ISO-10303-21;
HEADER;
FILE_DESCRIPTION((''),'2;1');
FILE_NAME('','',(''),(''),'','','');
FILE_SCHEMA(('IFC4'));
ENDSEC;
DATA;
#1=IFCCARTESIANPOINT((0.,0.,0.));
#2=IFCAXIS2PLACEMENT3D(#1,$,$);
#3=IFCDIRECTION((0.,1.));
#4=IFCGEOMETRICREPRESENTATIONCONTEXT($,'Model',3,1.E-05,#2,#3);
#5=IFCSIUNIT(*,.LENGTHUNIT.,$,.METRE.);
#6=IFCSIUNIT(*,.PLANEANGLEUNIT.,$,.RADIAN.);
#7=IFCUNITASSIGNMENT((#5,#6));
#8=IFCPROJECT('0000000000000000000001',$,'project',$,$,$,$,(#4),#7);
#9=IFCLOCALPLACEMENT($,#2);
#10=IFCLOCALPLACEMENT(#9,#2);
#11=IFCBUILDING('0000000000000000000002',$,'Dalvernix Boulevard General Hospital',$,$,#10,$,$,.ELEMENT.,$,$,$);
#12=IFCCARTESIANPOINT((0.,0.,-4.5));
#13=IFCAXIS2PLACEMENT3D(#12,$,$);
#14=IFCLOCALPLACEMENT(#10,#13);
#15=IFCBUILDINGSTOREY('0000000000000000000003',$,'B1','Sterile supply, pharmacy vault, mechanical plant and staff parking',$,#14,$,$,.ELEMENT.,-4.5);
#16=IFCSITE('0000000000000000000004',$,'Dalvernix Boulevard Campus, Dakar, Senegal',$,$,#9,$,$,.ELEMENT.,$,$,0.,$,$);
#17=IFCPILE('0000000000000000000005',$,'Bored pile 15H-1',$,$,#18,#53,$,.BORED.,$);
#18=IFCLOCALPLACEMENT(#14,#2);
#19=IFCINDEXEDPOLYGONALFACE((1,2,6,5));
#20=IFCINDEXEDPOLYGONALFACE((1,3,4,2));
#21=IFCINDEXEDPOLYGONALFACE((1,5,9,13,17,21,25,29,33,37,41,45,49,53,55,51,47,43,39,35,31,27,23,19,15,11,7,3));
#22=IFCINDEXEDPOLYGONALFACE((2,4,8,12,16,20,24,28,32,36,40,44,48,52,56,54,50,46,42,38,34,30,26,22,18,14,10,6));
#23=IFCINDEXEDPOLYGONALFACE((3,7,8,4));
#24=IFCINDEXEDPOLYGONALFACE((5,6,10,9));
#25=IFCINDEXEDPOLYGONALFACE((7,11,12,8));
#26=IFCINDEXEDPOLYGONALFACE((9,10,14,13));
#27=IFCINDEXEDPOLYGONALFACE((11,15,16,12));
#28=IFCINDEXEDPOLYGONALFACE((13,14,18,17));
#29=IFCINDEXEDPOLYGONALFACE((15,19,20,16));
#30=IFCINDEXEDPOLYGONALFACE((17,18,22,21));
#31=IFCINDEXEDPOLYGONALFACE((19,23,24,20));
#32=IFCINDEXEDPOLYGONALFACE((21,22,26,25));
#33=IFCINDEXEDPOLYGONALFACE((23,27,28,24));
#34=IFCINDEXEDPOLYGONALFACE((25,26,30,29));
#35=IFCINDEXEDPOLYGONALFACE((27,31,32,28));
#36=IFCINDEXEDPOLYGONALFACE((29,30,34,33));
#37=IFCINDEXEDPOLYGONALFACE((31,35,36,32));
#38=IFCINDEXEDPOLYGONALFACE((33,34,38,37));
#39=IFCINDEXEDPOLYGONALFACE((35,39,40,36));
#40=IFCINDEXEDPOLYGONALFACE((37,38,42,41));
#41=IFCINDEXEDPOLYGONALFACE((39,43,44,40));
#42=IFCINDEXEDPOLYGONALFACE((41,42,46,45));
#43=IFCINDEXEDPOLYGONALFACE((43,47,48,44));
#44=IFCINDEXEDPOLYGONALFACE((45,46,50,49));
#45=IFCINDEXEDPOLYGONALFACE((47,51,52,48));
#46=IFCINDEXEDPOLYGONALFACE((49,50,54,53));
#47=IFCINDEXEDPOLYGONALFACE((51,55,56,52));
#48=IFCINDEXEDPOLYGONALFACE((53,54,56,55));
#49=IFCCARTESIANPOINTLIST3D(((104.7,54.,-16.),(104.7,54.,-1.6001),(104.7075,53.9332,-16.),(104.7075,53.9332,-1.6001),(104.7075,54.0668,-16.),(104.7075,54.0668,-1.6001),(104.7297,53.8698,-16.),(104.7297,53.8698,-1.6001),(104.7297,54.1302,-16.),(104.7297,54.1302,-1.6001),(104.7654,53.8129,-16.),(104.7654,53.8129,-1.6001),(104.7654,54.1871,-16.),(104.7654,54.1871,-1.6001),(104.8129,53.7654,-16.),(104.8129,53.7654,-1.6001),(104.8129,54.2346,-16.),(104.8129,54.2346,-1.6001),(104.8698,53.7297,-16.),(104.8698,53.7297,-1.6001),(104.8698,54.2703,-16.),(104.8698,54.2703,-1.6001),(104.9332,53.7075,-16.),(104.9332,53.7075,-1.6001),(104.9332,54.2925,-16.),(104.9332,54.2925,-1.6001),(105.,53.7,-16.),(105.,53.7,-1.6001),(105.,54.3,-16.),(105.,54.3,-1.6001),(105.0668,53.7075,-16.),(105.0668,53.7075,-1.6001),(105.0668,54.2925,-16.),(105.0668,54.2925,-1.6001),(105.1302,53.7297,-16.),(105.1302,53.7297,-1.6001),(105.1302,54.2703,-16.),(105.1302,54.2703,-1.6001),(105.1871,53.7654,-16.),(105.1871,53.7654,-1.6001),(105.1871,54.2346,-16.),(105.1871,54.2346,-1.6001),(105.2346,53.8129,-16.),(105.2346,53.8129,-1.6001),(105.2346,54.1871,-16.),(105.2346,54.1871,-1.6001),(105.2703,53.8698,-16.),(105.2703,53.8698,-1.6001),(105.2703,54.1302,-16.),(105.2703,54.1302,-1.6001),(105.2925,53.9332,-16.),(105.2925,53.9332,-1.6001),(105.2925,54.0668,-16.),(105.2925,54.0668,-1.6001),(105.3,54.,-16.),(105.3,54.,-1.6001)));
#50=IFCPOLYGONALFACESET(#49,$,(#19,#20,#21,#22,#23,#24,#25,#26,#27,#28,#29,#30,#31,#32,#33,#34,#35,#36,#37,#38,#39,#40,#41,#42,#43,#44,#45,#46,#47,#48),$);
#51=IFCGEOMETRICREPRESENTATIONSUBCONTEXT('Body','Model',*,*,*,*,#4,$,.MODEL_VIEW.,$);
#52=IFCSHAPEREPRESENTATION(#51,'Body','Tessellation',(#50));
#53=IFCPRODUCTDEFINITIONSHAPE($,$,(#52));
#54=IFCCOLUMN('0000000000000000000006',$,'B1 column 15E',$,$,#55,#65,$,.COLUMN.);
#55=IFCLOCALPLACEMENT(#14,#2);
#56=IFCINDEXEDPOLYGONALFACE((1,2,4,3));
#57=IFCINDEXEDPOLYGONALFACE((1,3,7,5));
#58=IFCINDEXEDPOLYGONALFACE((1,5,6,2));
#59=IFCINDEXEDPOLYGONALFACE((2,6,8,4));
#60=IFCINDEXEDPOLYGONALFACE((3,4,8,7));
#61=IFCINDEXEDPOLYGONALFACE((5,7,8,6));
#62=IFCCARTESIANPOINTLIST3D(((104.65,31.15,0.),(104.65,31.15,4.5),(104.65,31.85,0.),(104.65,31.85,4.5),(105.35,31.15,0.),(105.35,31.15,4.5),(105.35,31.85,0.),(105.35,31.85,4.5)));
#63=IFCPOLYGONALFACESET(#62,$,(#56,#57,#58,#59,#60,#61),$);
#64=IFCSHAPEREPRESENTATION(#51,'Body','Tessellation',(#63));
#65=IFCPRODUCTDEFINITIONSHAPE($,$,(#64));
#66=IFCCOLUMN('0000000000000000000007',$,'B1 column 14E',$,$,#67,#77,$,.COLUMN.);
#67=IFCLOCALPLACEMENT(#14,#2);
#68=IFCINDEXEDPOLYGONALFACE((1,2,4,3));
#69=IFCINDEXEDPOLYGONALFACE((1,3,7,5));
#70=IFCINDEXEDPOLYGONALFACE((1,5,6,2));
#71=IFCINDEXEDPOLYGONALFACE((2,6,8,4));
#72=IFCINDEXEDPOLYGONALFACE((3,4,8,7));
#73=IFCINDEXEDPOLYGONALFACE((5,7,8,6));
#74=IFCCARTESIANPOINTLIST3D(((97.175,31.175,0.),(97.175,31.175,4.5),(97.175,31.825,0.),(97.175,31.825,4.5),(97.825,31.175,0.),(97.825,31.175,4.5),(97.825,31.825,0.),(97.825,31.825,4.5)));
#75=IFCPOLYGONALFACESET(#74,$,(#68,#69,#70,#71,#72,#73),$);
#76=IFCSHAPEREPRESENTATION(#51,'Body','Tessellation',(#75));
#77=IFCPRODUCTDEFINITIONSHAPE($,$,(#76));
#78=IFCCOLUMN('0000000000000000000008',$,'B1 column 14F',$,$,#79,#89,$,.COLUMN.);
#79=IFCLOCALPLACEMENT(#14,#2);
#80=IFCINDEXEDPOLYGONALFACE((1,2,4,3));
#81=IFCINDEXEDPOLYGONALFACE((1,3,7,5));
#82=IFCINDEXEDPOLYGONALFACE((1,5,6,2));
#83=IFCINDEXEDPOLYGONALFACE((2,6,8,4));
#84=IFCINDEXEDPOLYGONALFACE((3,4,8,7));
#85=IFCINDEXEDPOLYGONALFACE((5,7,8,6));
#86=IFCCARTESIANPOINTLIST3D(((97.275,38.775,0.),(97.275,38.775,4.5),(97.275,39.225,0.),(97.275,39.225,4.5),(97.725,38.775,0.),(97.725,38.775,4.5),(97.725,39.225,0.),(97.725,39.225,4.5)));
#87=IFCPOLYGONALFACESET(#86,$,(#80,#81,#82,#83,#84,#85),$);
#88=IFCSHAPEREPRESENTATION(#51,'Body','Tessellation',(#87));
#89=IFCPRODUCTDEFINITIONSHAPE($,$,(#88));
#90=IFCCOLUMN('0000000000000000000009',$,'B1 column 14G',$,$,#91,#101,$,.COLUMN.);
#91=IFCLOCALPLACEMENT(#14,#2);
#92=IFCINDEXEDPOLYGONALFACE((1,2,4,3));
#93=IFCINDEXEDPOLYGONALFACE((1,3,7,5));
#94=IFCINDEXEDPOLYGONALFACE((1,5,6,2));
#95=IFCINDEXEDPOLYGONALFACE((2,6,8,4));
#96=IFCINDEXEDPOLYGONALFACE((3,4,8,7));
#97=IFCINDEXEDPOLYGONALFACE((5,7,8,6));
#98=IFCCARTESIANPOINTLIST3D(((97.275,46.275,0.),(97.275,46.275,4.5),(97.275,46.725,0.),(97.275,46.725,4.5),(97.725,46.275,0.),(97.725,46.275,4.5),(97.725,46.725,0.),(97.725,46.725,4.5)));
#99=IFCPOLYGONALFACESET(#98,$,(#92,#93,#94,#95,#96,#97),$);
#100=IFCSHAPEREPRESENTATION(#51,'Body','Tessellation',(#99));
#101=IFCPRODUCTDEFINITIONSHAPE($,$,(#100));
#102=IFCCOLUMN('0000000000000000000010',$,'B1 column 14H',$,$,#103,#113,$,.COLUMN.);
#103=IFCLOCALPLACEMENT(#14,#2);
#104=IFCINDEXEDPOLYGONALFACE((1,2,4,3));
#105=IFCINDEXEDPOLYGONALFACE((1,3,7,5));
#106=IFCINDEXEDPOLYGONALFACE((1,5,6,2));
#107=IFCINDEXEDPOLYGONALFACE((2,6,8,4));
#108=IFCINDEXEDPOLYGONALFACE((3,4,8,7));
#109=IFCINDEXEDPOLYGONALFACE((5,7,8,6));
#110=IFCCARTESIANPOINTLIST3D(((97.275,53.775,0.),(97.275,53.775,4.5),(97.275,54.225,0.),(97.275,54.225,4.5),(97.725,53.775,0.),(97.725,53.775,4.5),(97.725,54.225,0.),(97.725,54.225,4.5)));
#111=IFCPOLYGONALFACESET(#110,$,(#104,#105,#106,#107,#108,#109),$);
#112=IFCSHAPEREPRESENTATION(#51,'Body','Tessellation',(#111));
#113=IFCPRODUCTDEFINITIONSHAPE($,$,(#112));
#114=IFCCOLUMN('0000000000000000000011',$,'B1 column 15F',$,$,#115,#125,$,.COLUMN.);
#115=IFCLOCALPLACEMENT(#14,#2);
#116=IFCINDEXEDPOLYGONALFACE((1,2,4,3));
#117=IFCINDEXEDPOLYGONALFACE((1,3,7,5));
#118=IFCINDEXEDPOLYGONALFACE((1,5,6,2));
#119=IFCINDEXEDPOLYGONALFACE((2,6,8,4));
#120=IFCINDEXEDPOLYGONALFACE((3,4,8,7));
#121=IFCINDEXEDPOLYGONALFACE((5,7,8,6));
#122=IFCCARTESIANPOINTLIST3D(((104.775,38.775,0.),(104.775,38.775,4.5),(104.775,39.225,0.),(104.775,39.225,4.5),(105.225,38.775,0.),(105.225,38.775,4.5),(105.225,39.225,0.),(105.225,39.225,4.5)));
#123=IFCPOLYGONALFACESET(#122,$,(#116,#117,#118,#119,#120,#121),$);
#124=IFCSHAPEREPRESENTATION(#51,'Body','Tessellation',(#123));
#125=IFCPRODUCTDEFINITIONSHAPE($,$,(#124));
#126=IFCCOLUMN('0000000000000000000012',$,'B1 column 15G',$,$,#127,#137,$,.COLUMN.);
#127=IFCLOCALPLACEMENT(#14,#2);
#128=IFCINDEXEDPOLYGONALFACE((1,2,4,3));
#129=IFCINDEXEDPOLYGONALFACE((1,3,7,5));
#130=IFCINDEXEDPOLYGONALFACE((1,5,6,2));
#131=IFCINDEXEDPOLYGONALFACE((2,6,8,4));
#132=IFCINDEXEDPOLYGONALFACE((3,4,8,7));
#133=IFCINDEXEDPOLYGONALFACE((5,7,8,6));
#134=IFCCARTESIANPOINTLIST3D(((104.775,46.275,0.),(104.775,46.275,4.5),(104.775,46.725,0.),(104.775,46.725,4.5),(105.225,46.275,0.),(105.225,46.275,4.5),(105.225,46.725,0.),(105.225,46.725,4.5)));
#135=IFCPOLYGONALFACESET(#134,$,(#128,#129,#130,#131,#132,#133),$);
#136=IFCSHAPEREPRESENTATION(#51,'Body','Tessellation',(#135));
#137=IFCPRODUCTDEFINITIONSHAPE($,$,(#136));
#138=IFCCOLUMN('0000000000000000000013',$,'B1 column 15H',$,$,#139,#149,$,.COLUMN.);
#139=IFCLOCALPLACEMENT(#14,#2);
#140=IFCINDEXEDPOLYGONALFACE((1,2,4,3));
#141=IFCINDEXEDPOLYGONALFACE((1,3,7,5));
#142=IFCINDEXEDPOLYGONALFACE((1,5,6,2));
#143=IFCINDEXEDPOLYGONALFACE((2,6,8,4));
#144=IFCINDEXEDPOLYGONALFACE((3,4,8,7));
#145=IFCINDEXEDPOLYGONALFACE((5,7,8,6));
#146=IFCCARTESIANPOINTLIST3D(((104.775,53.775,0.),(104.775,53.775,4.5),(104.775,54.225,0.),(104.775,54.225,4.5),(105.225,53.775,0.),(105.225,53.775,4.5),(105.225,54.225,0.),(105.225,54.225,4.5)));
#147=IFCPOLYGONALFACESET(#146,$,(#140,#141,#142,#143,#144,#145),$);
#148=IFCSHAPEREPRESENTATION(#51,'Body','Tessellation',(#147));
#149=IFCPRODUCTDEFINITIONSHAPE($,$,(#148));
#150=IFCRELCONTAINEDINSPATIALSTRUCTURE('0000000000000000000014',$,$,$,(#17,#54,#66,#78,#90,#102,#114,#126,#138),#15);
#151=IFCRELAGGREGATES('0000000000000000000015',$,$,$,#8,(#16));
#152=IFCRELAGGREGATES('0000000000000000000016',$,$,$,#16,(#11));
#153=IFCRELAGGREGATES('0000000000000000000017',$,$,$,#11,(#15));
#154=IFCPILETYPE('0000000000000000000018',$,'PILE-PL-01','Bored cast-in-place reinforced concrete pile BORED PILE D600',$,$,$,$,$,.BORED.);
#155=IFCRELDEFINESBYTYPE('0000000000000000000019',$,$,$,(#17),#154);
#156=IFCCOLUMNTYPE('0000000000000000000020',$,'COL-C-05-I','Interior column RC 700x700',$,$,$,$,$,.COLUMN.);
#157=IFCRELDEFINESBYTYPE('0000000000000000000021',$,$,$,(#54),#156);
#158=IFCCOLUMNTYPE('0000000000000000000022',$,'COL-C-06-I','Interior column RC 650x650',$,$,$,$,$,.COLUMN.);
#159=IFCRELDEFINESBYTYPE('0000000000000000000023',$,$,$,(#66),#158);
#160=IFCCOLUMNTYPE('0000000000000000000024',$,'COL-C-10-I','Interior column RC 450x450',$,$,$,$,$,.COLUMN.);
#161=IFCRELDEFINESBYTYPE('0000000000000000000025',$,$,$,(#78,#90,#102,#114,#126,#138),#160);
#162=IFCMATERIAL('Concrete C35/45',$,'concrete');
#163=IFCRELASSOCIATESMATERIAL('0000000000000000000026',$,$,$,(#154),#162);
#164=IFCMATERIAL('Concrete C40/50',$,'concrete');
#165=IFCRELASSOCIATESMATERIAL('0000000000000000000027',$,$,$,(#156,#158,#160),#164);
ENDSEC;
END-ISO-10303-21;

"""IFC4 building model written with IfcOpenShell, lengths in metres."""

from ifc_helpers import new_model, si_unit, direction, frame, origin, origin_2d, place, context, subcontext, project, spatial, rectangle, circle, extrude, material, material_profile, profile_set, type_object, element, save


model = new_model("IFC4")

# Units and contexts
model_context = context("Model", 3, precision=1e-05, world=origin(), true_north=direction((0.0, 1.0)))
body_context = subcontext(model_context, "Body", "Model", "MODEL_VIEW")
ifc_project = project(units=[si_unit("LENGTHUNIT", "METRE"), si_unit("PLANEANGLEUNIT", "RADIAN")], contexts=[model_context])

# Site, building, storey
site_placement = place(None, origin())
site = spatial("IfcSite", under=ifc_project, at=site_placement, Name="Dalvernix Boulevard Campus, Dakar, Senegal", CompositionType="ELEMENT", RefElevation=0.0)
building_placement = place(site_placement, origin())
building = spatial("IfcBuilding", under=site, at=building_placement, Name="Dalvernix Boulevard General Hospital", CompositionType="ELEMENT")
storey_placement = place(building_placement, frame((0.0, 0.0, -4.5)))
storey = spatial("IfcBuildingStorey", under=building, at=storey_placement, Name="B1", Description="Sterile supply, pharmacy vault, mechanical plant and staff parking", CompositionType="ELEMENT", Elevation=-4.5)

# Shared definitions
ifc_material_1 = material(Name="Concrete C35/45", Category="concrete")
ifc_material_2 = material(Name="Concrete C40/50", Category="concrete")

# Pile
ifc_material_profile_1 = material_profile(ifc_material_1, circle(Radius=0.3, at=origin_2d()), Name="BORED PILE D600")
ifc_profile_set_1 = profile_set([ifc_material_profile_1], Name="Concrete C35/45")
pile_type = type_object("IfcPileType", Name="PILE-PL-01", Description="Bored cast-in-place reinforced concrete pile BORED PILE D600", PredefinedType="BORED", material=ifc_profile_set_1)
for number, where, z_axis, x_axis, name in (
    (1, (105.0, 54.0, -1.6001), (0.0, 0.0, -1.0), (1.0, 0.0, 0.0), "Bored pile 15H-1"),
):
    element("IfcPile", number, at=place(storey_placement, frame(where, z_axis=z_axis, x_axis=x_axis)), inside=storey, type_object=pile_type, Name=name, PredefinedType="BORED", context=body_context, shape_type="SweptSolid", body=[
        extrude(circle(Radius=0.3, at=origin_2d()), origin(), (0.0, 0.0, 1.0), 14.3999),
    ])

# Columns
ifc_material_profile_2 = material_profile(ifc_material_2, rectangle(XDim=0.7, YDim=0.7, at=origin_2d()), Name="RC 700x700")
ifc_profile_set_2 = profile_set([ifc_material_profile_2], Name="Concrete C40/50")
column_type_1 = type_object("IfcColumnType", Name="COL-C-05-I", Description="Interior column RC 700x700", PredefinedType="COLUMN", material=ifc_profile_set_2)
column_1_placement = place(storey_placement, frame((105.0, 31.5, 0.0), z_axis=(0.0, 0.0, 1.0), x_axis=(1.0, 0.0, 0.0)))
element("IfcColumn", 2, at=column_1_placement, inside=storey, type_object=column_type_1, Name="B1 column 15E", PredefinedType="COLUMN", context=body_context, shape_type="SweptSolid", body=[
    extrude(rectangle(XDim=0.7, YDim=0.7, at=origin_2d()), origin(), (0.0, 0.0, 1.0), 4.5),
])
ifc_material_profile_3 = material_profile(ifc_material_2, rectangle(XDim=0.6499, YDim=0.6499, at=origin_2d()), Name="RC 650x650")
ifc_profile_set_3 = profile_set([ifc_material_profile_3], Name="Concrete C40/50")
column_type_2 = type_object("IfcColumnType", Name="COL-C-06-I", Description="Interior column RC 650x650", PredefinedType="COLUMN", material=ifc_profile_set_3)
column_2_placement = place(storey_placement, frame((97.5, 31.5, 0.0), z_axis=(0.0, 0.0, 1.0), x_axis=(1.0, 0.0, 0.0)))
element("IfcColumn", 3, at=column_2_placement, inside=storey, type_object=column_type_2, Name="B1 column 14E", PredefinedType="COLUMN", context=body_context, shape_type="SweptSolid", body=[
    extrude(rectangle(XDim=0.6499, YDim=0.6499, at=origin_2d()), origin(), (0.0, 0.0, 1.0), 4.5),
])
ifc_material_profile_4 = material_profile(ifc_material_2, rectangle(XDim=0.45, YDim=0.45, at=origin_2d()), Name="RC 450x450")
ifc_profile_set_4 = profile_set([ifc_material_profile_4], Name="Concrete C40/50")
column_type_3 = type_object("IfcColumnType", Name="COL-C-10-I", Description="Interior column RC 450x450", PredefinedType="COLUMN", material=ifc_profile_set_4)
for number, where, z_axis, x_axis, name in (
    (4, (97.5, 39.0, 0.0), (0.0, 0.0, 1.0), (1.0, 0.0, 0.0), "B1 column 14F"),
    (5, (97.5, 46.5, 0.0), (0.0, 0.0, 1.0), (1.0, 0.0, 0.0), "B1 column 14G"),
    (6, (97.5, 54.0, 0.0), (0.0, 0.0, 1.0), (1.0, 0.0, 0.0), "B1 column 14H"),
    (7, (105.0, 39.0, 0.0), (0.0, 0.0, 1.0), (1.0, 0.0, 0.0), "B1 column 15F"),
    (8, (105.0, 46.5, 0.0), (0.0, 0.0, 1.0), (1.0, 0.0, 0.0), "B1 column 15G"),
    (9, (105.0, 54.0, 0.0), (0.0, 0.0, 1.0), (1.0, 0.0, 0.0), "B1 column 15H"),
):
    element("IfcColumn", number, at=place(storey_placement, frame(where, z_axis=z_axis, x_axis=x_axis)), inside=storey, type_object=column_type_3, Name=name, PredefinedType="COLUMN", context=body_context, shape_type="SweptSolid", body=[
        extrude(rectangle(XDim=0.45, YDim=0.45, at=origin_2d()), origin(), (0.0, 0.0, 1.0), 4.5),
    ])

save(model, "model.ifc")
